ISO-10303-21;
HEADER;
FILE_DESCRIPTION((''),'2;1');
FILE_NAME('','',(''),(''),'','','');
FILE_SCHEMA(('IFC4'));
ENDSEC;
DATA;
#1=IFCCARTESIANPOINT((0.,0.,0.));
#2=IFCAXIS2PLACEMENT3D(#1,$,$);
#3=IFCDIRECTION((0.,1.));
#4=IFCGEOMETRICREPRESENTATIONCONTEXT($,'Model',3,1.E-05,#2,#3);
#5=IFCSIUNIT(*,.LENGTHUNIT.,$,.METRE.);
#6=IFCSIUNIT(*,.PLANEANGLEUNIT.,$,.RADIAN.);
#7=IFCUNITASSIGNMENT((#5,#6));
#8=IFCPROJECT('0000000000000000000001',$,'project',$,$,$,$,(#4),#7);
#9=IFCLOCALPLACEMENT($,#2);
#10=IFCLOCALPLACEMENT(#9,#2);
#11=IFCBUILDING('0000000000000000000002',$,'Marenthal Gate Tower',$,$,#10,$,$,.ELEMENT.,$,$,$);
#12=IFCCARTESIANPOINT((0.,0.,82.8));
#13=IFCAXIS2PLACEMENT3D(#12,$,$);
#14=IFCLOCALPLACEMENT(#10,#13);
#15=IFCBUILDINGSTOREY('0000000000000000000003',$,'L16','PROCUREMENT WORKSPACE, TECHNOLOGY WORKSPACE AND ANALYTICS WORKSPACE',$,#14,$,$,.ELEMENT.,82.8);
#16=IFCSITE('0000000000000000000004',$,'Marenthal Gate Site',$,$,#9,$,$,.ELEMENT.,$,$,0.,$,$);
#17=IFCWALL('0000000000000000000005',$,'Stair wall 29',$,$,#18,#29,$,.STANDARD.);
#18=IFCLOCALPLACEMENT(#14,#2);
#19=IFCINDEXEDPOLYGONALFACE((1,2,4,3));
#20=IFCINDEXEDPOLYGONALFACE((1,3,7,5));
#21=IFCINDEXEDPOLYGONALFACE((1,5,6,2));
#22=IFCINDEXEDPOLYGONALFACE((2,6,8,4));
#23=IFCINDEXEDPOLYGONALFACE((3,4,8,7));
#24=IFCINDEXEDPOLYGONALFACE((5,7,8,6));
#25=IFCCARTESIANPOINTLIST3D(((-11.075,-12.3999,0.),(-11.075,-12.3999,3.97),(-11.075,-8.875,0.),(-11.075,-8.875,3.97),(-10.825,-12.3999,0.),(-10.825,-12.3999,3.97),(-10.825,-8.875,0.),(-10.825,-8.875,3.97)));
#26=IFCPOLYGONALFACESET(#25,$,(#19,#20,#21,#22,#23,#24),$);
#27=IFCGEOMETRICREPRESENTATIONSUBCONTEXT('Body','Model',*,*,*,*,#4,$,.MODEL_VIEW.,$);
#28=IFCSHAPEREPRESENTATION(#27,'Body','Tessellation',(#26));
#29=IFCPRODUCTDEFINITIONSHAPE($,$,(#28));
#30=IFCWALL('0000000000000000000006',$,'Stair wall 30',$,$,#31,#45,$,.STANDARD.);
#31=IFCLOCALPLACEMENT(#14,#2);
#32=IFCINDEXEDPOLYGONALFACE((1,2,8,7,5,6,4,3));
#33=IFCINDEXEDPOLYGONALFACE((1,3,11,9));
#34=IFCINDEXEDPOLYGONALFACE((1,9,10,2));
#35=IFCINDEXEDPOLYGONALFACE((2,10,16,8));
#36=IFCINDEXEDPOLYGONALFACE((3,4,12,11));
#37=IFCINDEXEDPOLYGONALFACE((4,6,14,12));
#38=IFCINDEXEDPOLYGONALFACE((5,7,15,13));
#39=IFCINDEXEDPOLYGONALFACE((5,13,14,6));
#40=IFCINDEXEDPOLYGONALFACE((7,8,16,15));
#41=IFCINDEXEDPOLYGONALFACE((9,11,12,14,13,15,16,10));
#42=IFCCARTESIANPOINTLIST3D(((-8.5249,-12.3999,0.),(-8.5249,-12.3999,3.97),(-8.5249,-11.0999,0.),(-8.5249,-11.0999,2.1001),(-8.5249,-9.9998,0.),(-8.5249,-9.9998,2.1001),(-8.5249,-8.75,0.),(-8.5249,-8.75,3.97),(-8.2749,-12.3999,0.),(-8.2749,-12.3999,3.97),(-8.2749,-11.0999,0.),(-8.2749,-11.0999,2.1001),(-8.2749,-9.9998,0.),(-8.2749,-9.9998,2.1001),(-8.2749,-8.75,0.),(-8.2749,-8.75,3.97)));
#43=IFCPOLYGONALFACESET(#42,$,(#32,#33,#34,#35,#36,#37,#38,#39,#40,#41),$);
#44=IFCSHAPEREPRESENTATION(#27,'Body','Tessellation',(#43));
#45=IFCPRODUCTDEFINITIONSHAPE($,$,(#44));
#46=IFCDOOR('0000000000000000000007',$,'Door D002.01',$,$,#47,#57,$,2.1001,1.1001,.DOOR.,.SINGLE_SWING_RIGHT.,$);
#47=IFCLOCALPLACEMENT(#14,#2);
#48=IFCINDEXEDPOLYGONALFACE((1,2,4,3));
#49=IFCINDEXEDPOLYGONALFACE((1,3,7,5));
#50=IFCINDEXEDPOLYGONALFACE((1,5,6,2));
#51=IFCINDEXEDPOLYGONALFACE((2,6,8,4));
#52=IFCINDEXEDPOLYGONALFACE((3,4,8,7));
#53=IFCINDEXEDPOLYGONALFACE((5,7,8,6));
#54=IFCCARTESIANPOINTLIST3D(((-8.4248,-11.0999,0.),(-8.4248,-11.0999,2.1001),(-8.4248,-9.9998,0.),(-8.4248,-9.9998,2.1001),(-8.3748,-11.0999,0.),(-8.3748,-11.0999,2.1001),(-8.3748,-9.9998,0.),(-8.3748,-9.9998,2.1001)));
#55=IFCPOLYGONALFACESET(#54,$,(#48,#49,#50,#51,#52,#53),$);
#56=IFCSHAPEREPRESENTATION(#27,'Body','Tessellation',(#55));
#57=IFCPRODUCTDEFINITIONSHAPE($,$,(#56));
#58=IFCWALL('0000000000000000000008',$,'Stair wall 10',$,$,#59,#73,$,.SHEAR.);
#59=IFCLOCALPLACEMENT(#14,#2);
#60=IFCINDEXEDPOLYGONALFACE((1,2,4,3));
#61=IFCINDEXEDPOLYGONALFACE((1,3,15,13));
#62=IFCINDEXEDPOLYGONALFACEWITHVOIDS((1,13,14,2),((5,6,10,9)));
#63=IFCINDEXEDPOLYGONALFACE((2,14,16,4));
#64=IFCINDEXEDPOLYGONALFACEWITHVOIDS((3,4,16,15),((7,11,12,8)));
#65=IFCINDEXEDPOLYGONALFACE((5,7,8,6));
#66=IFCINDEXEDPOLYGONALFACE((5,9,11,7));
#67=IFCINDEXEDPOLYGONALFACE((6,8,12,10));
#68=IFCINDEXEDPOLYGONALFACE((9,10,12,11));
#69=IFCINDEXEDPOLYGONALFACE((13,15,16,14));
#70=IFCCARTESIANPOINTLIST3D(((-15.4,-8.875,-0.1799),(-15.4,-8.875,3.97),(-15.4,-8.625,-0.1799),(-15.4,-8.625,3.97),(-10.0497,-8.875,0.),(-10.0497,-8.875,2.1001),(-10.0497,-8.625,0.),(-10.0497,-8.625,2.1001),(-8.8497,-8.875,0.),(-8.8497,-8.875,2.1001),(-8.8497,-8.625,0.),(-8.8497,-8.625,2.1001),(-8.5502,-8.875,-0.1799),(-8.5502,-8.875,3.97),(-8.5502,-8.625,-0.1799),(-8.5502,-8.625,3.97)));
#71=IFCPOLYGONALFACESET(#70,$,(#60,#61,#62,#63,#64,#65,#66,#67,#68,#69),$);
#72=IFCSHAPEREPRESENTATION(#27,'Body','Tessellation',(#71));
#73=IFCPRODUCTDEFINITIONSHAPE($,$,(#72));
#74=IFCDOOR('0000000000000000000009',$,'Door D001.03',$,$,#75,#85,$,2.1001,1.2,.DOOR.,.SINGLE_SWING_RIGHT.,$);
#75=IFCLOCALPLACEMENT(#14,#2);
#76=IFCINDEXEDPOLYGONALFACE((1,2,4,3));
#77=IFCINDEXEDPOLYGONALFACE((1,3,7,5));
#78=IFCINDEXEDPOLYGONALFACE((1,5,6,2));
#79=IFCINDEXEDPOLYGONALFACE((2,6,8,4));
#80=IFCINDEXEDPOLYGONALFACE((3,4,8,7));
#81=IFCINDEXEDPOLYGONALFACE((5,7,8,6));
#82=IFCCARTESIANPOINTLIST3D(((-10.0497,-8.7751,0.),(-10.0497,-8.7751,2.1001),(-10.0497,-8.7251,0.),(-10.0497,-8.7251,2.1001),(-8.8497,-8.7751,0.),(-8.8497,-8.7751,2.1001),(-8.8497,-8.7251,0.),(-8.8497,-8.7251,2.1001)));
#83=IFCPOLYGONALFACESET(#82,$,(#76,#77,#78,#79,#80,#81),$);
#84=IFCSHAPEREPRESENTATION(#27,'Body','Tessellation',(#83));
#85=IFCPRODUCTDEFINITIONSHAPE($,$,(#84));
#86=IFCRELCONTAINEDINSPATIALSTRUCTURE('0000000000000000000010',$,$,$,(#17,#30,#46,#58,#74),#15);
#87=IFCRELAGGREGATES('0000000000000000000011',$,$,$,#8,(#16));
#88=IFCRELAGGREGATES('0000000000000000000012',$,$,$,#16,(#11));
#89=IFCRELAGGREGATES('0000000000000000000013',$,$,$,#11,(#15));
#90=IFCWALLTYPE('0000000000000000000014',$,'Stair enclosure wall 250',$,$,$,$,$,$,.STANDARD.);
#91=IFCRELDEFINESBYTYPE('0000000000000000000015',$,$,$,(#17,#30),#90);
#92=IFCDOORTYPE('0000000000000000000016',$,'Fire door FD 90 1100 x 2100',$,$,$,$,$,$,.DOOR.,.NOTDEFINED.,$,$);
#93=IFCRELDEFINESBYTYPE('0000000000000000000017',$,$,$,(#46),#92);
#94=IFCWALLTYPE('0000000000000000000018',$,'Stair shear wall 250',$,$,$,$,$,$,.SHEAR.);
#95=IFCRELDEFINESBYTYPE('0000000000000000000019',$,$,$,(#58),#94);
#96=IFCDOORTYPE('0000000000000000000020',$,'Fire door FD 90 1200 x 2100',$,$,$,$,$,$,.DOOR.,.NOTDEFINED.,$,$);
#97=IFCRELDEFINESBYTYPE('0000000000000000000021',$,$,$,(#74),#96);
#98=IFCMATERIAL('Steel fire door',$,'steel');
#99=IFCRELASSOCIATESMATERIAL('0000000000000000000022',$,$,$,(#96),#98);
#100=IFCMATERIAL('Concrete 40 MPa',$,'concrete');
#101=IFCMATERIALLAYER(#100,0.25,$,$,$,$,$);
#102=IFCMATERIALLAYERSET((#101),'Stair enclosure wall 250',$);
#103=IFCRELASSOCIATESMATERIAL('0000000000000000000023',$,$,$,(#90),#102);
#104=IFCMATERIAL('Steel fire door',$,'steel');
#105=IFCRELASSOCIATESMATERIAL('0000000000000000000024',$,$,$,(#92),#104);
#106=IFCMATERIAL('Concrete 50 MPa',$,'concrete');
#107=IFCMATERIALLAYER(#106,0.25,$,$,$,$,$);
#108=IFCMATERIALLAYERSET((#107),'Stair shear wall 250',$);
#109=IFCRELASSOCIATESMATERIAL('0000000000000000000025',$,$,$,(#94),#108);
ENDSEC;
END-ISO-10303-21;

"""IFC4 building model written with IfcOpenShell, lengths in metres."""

from ifc_helpers import new_model, si_unit, direction, frame, frame_2d, origin, place, context, subcontext, project, spatial, rectangle, extrude, material, layer, layer_set, type_object, element, fill, save


model = new_model("IFC4")

# Units and contexts
model_context = context("Model", 3, precision=1e-05, world=origin(), true_north=direction((0.0, 1.0)))
body_context = subcontext(model_context, "Body", "Model", "MODEL_VIEW")
ifc_project = project(units=[si_unit("LENGTHUNIT", "METRE"), si_unit("PLANEANGLEUNIT", "RADIAN")], contexts=[model_context])

# Site, building, storey
site_placement = place(None, origin())
site = spatial("IfcSite", under=ifc_project, at=site_placement, Name="Marenthal Gate Site", CompositionType="ELEMENT", RefElevation=0.0)
building_placement = place(site_placement, origin())
building = spatial("IfcBuilding", under=site, at=building_placement, Name="Marenthal Gate Tower", CompositionType="ELEMENT")
storey_placement = place(building_placement, frame((0.0, 0.0, 82.8)))
storey = spatial("IfcBuildingStorey", under=building, at=storey_placement, Name="L16", Description="PROCUREMENT WORKSPACE, TECHNOLOGY WORKSPACE AND ANALYTICS WORKSPACE", CompositionType="ELEMENT", Elevation=82.8)

# Shared definitions
ifc_material_1 = material(Name="Steel fire door", Category="steel")
door_type_1 = type_object("IfcDoorType", Name="Fire door FD 90 1200 x 2100", OperationType="NOTDEFINED", PredefinedType="DOOR", material=ifc_material_1)

# Wall
ifc_material_2 = material(Name="Concrete 40 MPa", Category="concrete")
ifc_layer_1 = layer(ifc_material_2, 0.25)
ifc_layer_set_1 = layer_set([ifc_layer_1], Name="Stair enclosure wall 250")
wall_type_1 = type_object("IfcWallType", Name="Stair enclosure wall 250", PredefinedType="STANDARD", material=ifc_layer_set_1)
wall_1_placement = place(storey_placement, frame((-10.95, -12.3999, 0.0), z_axis=(0.0, 0.0, 1.0), x_axis=(0.0, 1.0, 0.0)))
element("IfcWall", 1, at=wall_1_placement, inside=storey, type_object=wall_type_1, Name="Stair wall 29", PredefinedType="STANDARD", context=body_context, shape_type="SweptSolid", body=[
    extrude(rectangle(XDim=3.5249, YDim=0.25, at=frame_2d((1.7625, 0.0))), origin(), (0.0, 0.0, 1.0), 3.97),
])

# Walls, openings, doors
wall_2_placement = place(storey_placement, frame((-8.3999, -12.3999, 0.0), z_axis=(0.0, 0.0, 1.0), x_axis=(0.0, 1.0, 0.0)))
wall_2 = element("IfcWall", 2, at=wall_2_placement, inside=storey, type_object=wall_type_1, Name="Stair wall 30", PredefinedType="STANDARD", context=body_context, shape_type="SweptSolid", body=[
    extrude(rectangle(XDim=3.6499, YDim=0.25, at=frame_2d((1.825, 0.0))), origin(), (0.0, 0.0, 1.0), 3.97),
])
opening_1_placement = place(wall_2_placement, frame((1.3, 0.0, 0.0)))
opening_1 = element("IfcOpeningElement", 3, at=opening_1_placement, cuts=wall_2, PredefinedType="OPENING", context=body_context, shape_type="SweptSolid", body=[
    extrude(rectangle(XDim=1.1001, YDim=2.1001, at=frame_2d((0.55, 1.05))), frame((0.0, 0.135, 0.0), z_axis=(0.0, -1.0, 0.0), x_axis=(1.0, 0.0, 0.0)), (0.0, 0.0, 1.0), 0.27),
])
ifc_material_3 = material(Name="Steel fire door", Category="steel")
door_type_2 = type_object("IfcDoorType", Name="Fire door FD 90 1100 x 2100", OperationType="NOTDEFINED", PredefinedType="DOOR", material=ifc_material_3)
door_1_placement = place(opening_1_placement, origin())
door_1 = element("IfcDoor", 4, at=door_1_placement, inside=storey, type_object=door_type_2, Name="Door D002.01", OperationType="SINGLE_SWING_RIGHT", OverallHeight=2.1001, OverallWidth=1.1001, PredefinedType="DOOR", context=body_context, shape_type="SweptSolid", body=[
    extrude(rectangle(XDim=1.1001, YDim=2.1001, at=frame_2d((0.55, 1.05))), frame((0.0, 0.0249, 0.0), z_axis=(0.0, -1.0, 0.0), x_axis=(1.0, 0.0, 0.0)), (0.0, 0.0, 1.0), 0.05),
])
fill(opening_1, door_1)
ifc_material_4 = material(Name="Concrete 50 MPa", Category="concrete")
ifc_layer_2 = layer(ifc_material_4, 0.25)
ifc_layer_set_2 = layer_set([ifc_layer_2], Name="Stair shear wall 250")
wall_type_2 = type_object("IfcWallType", Name="Stair shear wall 250", PredefinedType="SHEAR", material=ifc_layer_set_2)
wall_3_placement = place(storey_placement, frame((-15.3999, -8.75, -0.1799), z_axis=(0.0, 0.0, 1.0), x_axis=(1.0, 0.0, 0.0)))
wall_3 = element("IfcWall", 5, at=wall_3_placement, inside=storey, type_object=wall_type_2, Name="Stair wall 10", PredefinedType="SHEAR", context=body_context, shape_type="SweptSolid", body=[
    extrude(rectangle(XDim=6.8499, YDim=0.25, at=frame_2d((3.4248, 0.0))), origin(), (0.0, 0.0, 1.0), 4.1499),
])
opening_2_placement = place(wall_3_placement, frame((5.3501, 0.0, 0.1799)))
opening_2 = element("IfcOpeningElement", 6, at=opening_2_placement, cuts=wall_3, PredefinedType="OPENING", context=body_context, shape_type="SweptSolid", body=[
    extrude(rectangle(XDim=1.2, YDim=2.1001, at=frame_2d((0.6001, 1.05))), frame((0.0, 0.135, 0.0), z_axis=(0.0, -1.0, 0.0), x_axis=(1.0, 0.0, 0.0)), (0.0, 0.0, 1.0), 0.27),
])
door_2_placement = place(opening_2_placement, origin())
door_2 = element("IfcDoor", 7, at=door_2_placement, inside=storey, type_object=door_type_1, Name="Door D001.03", OperationType="SINGLE_SWING_RIGHT", OverallHeight=2.1001, OverallWidth=1.2, PredefinedType="DOOR", context=body_context, shape_type="SweptSolid", body=[
    extrude(rectangle(XDim=1.2, YDim=2.1001, at=frame_2d((0.6001, 1.05))), frame((0.0, 0.0249, 0.0), z_axis=(0.0, -1.0, 0.0), x_axis=(1.0, 0.0, 0.0)), (0.0, 0.0, 1.0), 0.05),
])
fill(opening_2, door_2)

save(model, "model.ifc")
